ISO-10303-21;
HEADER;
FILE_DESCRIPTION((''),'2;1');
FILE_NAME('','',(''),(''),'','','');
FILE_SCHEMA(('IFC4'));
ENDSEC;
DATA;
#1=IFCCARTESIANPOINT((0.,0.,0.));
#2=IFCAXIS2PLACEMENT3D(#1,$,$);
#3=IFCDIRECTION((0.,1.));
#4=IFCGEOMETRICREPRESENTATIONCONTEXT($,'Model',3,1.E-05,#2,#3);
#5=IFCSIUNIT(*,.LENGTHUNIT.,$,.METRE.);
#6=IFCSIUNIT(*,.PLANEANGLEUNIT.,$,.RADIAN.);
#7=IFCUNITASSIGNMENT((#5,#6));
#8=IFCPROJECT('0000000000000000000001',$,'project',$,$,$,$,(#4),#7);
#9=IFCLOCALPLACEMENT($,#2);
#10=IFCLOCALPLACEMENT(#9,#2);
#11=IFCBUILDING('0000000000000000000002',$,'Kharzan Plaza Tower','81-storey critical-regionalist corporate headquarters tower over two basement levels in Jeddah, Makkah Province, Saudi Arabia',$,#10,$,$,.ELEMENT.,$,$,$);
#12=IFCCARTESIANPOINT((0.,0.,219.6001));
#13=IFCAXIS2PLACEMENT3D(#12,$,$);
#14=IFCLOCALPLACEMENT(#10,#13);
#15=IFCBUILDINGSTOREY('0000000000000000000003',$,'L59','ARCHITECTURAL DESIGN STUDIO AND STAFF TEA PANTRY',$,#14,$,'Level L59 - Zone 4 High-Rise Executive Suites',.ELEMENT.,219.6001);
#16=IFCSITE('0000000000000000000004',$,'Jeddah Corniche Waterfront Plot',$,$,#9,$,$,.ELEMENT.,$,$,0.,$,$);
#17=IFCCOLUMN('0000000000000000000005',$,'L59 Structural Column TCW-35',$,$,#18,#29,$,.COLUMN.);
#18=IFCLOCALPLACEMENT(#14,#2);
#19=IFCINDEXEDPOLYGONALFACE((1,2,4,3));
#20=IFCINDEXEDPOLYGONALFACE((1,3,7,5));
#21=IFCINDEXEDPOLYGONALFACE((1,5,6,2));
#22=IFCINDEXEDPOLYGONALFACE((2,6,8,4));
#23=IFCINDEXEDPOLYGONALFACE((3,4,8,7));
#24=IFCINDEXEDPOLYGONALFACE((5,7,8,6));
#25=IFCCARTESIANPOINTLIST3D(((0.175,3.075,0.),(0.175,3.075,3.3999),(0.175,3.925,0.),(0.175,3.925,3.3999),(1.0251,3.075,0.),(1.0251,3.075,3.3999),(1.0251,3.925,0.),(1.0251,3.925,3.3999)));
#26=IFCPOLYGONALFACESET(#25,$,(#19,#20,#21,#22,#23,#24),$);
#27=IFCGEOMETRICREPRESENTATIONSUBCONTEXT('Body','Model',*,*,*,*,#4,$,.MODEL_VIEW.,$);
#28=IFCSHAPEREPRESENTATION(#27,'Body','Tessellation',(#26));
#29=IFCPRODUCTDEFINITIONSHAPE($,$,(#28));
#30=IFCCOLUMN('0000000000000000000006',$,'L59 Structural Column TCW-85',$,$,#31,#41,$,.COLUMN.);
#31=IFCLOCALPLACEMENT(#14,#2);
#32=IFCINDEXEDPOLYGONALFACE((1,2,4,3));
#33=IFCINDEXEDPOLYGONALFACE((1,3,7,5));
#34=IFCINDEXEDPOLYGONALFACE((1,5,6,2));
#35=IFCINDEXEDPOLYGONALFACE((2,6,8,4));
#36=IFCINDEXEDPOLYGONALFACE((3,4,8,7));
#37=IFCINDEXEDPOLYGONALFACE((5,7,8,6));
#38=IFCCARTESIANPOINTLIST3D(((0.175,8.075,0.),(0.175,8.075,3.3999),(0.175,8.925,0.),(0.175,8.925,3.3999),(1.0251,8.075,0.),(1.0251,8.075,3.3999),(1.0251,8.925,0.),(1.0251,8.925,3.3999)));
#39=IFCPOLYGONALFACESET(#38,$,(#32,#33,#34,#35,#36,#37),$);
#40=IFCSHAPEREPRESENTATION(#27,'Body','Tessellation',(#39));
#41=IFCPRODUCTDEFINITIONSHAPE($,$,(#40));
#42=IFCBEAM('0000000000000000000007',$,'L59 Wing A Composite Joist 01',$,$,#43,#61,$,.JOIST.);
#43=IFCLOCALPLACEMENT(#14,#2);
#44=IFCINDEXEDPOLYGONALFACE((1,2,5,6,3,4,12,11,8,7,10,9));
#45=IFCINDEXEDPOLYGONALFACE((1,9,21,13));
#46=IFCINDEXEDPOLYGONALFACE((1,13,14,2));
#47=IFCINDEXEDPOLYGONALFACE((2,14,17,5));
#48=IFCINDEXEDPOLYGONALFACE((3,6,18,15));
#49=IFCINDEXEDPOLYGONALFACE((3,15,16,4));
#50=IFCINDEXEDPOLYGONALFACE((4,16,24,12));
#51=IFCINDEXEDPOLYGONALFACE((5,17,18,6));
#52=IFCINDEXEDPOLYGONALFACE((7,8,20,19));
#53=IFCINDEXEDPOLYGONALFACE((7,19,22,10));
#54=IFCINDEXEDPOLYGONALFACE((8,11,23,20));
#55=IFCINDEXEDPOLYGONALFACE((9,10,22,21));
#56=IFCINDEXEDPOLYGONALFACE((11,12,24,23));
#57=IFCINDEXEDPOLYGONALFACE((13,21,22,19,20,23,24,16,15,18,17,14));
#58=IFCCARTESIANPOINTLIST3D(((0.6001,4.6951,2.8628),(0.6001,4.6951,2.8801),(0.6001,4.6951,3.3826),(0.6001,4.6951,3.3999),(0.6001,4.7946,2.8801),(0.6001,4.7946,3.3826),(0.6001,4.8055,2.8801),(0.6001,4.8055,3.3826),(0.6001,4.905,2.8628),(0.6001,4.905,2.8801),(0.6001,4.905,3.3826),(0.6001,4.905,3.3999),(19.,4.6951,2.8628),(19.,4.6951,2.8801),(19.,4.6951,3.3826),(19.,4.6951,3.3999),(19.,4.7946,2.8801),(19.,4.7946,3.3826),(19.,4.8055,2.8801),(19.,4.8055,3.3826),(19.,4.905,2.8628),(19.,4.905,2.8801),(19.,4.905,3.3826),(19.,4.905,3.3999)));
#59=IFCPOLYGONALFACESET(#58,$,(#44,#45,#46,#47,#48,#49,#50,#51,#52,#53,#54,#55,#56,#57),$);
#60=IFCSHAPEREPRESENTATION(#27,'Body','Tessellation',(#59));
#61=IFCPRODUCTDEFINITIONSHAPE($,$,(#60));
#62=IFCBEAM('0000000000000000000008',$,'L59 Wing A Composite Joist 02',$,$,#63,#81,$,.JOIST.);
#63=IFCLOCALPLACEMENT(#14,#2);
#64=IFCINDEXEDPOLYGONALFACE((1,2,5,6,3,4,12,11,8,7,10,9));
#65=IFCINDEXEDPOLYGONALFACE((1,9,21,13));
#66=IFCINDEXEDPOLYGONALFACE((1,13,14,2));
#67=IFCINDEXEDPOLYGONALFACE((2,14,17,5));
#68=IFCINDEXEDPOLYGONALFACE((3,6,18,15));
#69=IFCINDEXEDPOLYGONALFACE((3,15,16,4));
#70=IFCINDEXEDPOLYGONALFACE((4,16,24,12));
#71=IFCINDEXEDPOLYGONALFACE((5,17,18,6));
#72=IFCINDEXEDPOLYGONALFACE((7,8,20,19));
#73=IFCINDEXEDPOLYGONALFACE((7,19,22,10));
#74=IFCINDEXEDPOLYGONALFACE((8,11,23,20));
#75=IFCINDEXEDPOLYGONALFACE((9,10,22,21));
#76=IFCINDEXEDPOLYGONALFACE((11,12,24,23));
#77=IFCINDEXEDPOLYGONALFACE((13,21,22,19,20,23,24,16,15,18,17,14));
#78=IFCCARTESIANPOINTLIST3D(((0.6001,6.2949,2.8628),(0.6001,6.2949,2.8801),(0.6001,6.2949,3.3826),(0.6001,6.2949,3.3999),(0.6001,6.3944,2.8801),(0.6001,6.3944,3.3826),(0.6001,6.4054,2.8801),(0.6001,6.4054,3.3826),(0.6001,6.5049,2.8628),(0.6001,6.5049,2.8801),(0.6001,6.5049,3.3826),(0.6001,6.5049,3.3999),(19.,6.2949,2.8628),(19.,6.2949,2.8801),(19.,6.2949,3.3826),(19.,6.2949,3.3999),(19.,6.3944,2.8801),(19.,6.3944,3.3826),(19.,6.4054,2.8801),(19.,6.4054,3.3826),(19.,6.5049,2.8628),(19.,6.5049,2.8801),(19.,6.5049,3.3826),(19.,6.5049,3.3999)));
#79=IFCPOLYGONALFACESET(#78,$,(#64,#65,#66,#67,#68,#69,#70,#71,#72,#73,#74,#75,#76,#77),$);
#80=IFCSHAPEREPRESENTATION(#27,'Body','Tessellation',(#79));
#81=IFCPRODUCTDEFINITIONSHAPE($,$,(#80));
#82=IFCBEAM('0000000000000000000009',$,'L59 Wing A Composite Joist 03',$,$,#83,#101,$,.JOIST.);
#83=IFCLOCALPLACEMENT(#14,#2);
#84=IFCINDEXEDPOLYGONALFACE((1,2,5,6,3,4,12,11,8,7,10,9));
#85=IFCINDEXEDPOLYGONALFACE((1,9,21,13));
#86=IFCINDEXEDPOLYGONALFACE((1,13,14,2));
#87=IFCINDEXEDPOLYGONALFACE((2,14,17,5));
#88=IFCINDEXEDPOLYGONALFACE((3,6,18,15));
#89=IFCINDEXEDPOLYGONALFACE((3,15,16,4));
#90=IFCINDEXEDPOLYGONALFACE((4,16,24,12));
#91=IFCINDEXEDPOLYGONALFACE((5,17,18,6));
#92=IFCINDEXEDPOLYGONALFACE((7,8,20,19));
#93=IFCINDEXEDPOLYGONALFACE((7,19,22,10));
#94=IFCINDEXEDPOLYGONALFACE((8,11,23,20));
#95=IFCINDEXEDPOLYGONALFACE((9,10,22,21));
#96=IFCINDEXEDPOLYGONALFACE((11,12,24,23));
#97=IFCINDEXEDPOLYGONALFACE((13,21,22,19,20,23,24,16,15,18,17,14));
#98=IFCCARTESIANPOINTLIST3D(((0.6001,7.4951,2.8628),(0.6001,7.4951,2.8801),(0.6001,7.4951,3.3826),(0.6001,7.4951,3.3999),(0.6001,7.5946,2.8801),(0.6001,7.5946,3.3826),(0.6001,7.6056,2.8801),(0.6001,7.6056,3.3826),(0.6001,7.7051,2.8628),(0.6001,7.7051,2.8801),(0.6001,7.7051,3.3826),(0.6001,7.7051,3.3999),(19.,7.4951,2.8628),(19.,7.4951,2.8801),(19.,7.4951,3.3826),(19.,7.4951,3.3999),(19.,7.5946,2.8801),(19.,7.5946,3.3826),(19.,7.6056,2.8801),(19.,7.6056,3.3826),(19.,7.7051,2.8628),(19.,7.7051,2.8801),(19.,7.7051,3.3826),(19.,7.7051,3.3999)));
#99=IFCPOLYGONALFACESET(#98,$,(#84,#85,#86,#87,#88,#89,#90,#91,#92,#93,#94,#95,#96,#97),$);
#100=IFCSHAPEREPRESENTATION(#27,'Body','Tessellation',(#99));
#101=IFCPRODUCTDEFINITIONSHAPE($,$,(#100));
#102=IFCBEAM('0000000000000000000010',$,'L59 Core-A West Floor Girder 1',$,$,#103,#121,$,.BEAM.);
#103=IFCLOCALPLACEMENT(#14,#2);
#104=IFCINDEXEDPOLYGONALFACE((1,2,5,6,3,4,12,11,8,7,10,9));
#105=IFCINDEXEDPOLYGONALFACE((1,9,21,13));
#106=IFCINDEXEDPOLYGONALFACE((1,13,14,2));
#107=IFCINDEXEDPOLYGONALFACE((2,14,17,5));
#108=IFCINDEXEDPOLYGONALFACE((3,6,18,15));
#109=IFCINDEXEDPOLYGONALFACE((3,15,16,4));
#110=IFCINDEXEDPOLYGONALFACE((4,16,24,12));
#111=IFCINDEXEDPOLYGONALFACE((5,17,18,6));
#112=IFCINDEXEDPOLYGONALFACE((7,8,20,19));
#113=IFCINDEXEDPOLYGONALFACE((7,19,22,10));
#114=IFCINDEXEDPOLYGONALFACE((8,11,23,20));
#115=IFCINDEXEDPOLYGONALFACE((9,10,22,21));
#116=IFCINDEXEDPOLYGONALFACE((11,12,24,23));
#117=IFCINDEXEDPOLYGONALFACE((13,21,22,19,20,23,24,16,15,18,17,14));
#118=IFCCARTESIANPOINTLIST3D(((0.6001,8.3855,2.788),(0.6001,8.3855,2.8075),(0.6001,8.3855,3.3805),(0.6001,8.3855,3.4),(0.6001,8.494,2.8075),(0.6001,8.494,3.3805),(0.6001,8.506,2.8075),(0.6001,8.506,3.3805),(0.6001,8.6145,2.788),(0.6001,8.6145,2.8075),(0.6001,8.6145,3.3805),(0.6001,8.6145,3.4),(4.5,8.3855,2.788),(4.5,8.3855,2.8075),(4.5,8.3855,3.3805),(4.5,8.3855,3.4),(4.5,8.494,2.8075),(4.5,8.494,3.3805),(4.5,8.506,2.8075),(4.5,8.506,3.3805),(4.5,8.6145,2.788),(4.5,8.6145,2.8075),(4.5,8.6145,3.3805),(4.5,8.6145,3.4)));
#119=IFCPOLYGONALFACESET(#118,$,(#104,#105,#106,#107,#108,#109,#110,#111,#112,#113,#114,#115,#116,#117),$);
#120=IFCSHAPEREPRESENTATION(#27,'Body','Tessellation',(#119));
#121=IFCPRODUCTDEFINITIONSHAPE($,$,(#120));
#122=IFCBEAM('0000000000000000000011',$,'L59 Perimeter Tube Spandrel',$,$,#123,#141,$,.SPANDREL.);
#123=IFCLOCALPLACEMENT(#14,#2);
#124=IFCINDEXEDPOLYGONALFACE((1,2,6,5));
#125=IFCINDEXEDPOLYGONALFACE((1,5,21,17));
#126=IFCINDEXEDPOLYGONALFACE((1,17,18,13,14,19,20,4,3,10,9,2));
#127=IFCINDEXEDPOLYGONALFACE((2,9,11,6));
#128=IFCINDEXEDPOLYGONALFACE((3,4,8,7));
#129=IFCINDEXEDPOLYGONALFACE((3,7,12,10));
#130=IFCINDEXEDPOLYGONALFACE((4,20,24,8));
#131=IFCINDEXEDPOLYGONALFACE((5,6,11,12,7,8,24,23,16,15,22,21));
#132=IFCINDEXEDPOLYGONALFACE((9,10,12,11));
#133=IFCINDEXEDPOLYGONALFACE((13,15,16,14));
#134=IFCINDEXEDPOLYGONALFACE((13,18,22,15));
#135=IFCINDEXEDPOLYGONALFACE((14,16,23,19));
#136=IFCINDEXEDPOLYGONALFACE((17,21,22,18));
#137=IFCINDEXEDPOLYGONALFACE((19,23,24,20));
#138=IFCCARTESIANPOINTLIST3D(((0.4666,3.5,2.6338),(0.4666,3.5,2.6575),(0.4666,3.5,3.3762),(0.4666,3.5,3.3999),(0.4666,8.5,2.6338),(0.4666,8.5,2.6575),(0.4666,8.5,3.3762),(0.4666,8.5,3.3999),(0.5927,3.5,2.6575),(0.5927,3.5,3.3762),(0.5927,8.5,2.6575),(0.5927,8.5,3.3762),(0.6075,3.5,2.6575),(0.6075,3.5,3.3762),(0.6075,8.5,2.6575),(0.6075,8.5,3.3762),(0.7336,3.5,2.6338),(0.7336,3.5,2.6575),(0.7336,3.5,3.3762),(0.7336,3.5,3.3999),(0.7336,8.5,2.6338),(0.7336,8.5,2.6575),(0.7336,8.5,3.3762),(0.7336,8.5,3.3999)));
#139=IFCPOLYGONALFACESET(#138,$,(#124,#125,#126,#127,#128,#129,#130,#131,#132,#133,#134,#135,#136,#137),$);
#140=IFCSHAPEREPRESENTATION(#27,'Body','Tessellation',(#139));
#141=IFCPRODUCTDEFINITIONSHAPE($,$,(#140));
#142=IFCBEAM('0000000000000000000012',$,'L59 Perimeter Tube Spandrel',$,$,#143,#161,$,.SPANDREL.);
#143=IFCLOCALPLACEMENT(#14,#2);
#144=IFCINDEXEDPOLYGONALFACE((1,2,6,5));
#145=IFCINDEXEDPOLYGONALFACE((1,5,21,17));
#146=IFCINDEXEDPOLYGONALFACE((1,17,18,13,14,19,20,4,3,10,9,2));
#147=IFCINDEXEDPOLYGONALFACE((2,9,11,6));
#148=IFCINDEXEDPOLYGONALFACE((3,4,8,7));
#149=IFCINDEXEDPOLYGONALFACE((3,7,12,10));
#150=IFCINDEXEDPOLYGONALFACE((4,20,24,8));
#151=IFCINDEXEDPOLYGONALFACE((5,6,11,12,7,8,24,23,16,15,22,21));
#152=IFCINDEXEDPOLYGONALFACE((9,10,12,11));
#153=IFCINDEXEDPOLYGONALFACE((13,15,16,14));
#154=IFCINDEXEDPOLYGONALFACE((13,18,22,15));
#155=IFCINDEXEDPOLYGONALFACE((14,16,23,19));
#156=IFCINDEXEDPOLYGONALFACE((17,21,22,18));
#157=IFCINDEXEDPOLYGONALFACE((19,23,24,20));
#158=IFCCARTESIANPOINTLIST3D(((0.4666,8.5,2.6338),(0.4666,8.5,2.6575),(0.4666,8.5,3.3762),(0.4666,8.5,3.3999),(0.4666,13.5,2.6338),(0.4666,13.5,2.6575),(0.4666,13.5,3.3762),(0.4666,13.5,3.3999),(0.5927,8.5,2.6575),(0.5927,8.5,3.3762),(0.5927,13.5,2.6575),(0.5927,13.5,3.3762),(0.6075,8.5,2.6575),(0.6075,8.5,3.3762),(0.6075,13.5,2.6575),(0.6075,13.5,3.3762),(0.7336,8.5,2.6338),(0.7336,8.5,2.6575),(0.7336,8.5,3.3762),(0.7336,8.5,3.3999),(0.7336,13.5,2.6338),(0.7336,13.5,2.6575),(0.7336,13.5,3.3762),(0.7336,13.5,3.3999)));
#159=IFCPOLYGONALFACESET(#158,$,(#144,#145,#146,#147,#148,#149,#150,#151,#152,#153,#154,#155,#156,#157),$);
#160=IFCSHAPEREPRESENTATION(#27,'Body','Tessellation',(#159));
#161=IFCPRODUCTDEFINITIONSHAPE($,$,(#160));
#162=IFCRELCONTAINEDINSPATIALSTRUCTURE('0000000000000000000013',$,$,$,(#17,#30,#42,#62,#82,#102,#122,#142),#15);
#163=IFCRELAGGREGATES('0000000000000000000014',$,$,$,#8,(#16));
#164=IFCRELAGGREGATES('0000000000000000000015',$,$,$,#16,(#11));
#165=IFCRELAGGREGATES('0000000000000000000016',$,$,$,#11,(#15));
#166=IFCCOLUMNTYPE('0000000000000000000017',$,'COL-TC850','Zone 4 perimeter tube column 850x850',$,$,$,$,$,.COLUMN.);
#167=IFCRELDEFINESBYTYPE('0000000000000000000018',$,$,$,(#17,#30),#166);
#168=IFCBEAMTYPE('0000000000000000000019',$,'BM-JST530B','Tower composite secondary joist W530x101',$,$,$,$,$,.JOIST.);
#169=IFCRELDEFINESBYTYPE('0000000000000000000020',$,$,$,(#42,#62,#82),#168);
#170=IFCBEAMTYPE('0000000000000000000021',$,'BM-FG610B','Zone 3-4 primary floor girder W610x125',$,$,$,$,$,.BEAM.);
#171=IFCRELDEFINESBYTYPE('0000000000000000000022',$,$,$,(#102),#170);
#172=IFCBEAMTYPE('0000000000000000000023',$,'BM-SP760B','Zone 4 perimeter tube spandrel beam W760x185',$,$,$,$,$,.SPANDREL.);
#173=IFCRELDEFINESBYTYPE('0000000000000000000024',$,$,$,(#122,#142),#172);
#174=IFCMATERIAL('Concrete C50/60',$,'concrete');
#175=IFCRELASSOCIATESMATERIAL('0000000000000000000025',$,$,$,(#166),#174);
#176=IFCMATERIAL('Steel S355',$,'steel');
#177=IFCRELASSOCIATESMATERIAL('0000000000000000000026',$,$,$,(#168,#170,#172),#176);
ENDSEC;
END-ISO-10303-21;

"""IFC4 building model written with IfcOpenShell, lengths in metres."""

from ifc_helpers import new_model, si_unit, direction, frame, origin, origin_2d, place, context, subcontext, project, spatial, rectangle, i_section, extrude, source, transform, mapped, material, material_profile, profile_set, type_object, element, save


model = new_model("IFC4")

# Units and contexts
model_context = context("Model", 3, precision=1e-05, world=origin(), true_north=direction((0.0, 1.0)))
body_context = subcontext(model_context, "Body", "Model", "MODEL_VIEW")
ifc_project = project(units=[si_unit("LENGTHUNIT", "METRE"), si_unit("PLANEANGLEUNIT", "RADIAN")], contexts=[model_context])

# Site, building, storey
site_placement = place(None, origin())
site = spatial("IfcSite", under=ifc_project, at=site_placement, Name="Jeddah Corniche Waterfront Plot", CompositionType="ELEMENT", RefElevation=0.0)
building_placement = place(site_placement, origin())
building = spatial("IfcBuilding", under=site, at=building_placement, Name="Kharzan Plaza Tower", Description="81-storey critical-regionalist corporate headquarters tower over two basement levels in Jeddah, Makkah Province, Saudi Arabia", CompositionType="ELEMENT")
storey_placement = place(building_placement, frame((0.0, 0.0, 219.6001)))
storey = spatial("IfcBuildingStorey", under=building, at=storey_placement, Name="L59", Description="ARCHITECTURAL DESIGN STUDIO AND STAFF TEA PANTRY", LongName="Level L59 - Zone 4 High-Rise Executive Suites", CompositionType="ELEMENT", Elevation=219.6001)

# Columns
ifc_material_1 = material(Name="Concrete C50/60", Category="concrete")
ifc_material_profile_1 = material_profile(ifc_material_1, rectangle(XDim=0.8501, YDim=0.8501, at=origin_2d()), Name="RC-TC850x850")
ifc_profile_set_1 = profile_set([ifc_material_profile_1], Name="Concrete C50/60")
column_type = type_object("IfcColumnType", Name="COL-TC850", Description="Zone 4 perimeter tube column 850x850", PredefinedType="COLUMN", material=ifc_profile_set_1)
shared_shape_1 = source(origin(), body_context, "Body", "SweptSolid", [
    extrude(rectangle(XDim=0.8501, YDim=0.8501, at=origin_2d()), origin(), (0.0, 0.0, 1.0), 3.3999),
])
for number, where, z_axis, x_axis, name in (
    (1, (0.6001, 3.5, 0.0), (0.0, 0.0, 1.0), (1.0, 0.0, 0.0), "L59 Structural Column TCW-35"),
    (2, (0.6001, 8.5, 0.0), (0.0, 0.0, 1.0), (1.0, 0.0, 0.0), "L59 Structural Column TCW-85"),
):
    element("IfcColumn", number, at=place(storey_placement, frame(where, z_axis=z_axis, x_axis=x_axis)), inside=storey, type_object=column_type, Name=name, PredefinedType="COLUMN", context=body_context, shape_type="MappedRepresentation", body=[
        mapped(shared_shape_1, transform((0.0, 0.0, 0.0), x_axis=(1.0, 0.0, 0.0), y_axis=(0.0, 1.0, 0.0), z_axis=(0.0, 0.0, 1.0))),
    ])

# Beams
ifc_material_2 = material(Name="Steel S355", Category="steel")
ifc_material_profile_2 = material_profile(ifc_material_2, i_section(OverallWidth=0.21, OverallDepth=0.5371, WebThickness=0.011, FlangeThickness=0.0173, at=origin_2d()), Name="W530x101")
ifc_profile_set_2 = profile_set([ifc_material_profile_2], Name="Steel S355")
beam_type_1 = type_object("IfcBeamType", Name="BM-JST530B", Description="Tower composite secondary joist W530x101", PredefinedType="JOIST", material=ifc_profile_set_2)
shared_shape_2 = source(origin(), body_context, "Body", "SweptSolid", [
    extrude(i_section(OverallWidth=0.21, OverallDepth=0.5371, WebThickness=0.011, FlangeThickness=0.0173, at=origin_2d()), origin(), (0.0, 0.0, 1.0), 18.3999),
])
for number, where, z_axis, x_axis, name in (
    (3, (0.6001, 4.8, 3.1313), (1.0, 0.0, 0.0), (0.0, 1.0, 0.0), "L59 Wing A Composite Joist 01"),
    (4, (0.6001, 6.3999, 3.1313), (1.0, 0.0, 0.0), (0.0, 1.0, 0.0), "L59 Wing A Composite Joist 02"),
    (5, (0.6001, 7.6001, 3.1313), (1.0, 0.0, 0.0), (0.0, 1.0, 0.0), "L59 Wing A Composite Joist 03"),
):
    element("IfcBeam", number, at=place(storey_placement, frame(where, z_axis=z_axis, x_axis=x_axis)), inside=storey, type_object=beam_type_1, Name=name, PredefinedType="JOIST", context=body_context, shape_type="MappedRepresentation", body=[
        mapped(shared_shape_2, transform((0.0, 0.0, 0.0), x_axis=(1.0, 0.0, 0.0), y_axis=(0.0, 1.0, 0.0), z_axis=(0.0, 0.0, 1.0))),
    ])
ifc_material_profile_3 = material_profile(ifc_material_2, i_section(OverallWidth=0.229, OverallDepth=0.6121, WebThickness=0.012, FlangeThickness=0.0195, at=origin_2d()), Name="W610x125")
ifc_profile_set_3 = profile_set([ifc_material_profile_3], Name="Steel S355")
beam_type_2 = type_object("IfcBeamType", Name="BM-FG610B", Description="Zone 3-4 primary floor girder W610x125", PredefinedType="BEAM", material=ifc_profile_set_3)
shared_shape_3 = source(origin(), body_context, "Body", "SweptSolid", [
    extrude(i_section(OverallWidth=0.229, OverallDepth=0.6121, WebThickness=0.012, FlangeThickness=0.0195, at=origin_2d()), origin(), (0.0, 0.0, 1.0), 3.8999),
])
beam_placement = place(storey_placement, frame((0.6001, 8.5, 3.094), z_axis=(1.0, 0.0, 0.0), x_axis=(0.0, 1.0, 0.0)))
element("IfcBeam", 6, at=beam_placement, inside=storey, type_object=beam_type_2, Name="L59 Core-A West Floor Girder 1", PredefinedType="BEAM", context=body_context, shape_type="MappedRepresentation", body=[
    mapped(shared_shape_3, transform((0.0, 0.0, 0.0), x_axis=(1.0, 0.0, 0.0), y_axis=(0.0, 1.0, 0.0), z_axis=(0.0, 0.0, 1.0))),
])
ifc_material_profile_4 = material_profile(ifc_material_2, i_section(OverallWidth=0.2671, OverallDepth=0.7661, WebThickness=0.0149, FlangeThickness=0.0237, at=origin_2d()), Name="W760x185")
ifc_profile_set_4 = profile_set([ifc_material_profile_4], Name="Steel S355")
beam_type_3 = type_object("IfcBeamType", Name="BM-SP760B", Description="Zone 4 perimeter tube spandrel beam W760x185", PredefinedType="SPANDREL", material=ifc_profile_set_4)
shared_shape_4 = source(origin(), body_context, "Body", "SweptSolid", [
    extrude(i_section(OverallWidth=0.2671, OverallDepth=0.7661, WebThickness=0.0149, FlangeThickness=0.0237, at=origin_2d()), origin(), (0.0, 0.0, 1.0), 5.0),
])
for number, where, z_axis, x_axis, name in (
    (7, (0.6001, 3.5, 3.0168), (0.0, 1.0, 0.0), (-1.0, 0.0, 0.0), "L59 Perimeter Tube Spandrel"),
    (8, (0.6001, 8.5, 3.0168), (0.0, 1.0, 0.0), (-1.0, 0.0, 0.0), "L59 Perimeter Tube Spandrel"),
):
    element("IfcBeam", number, at=place(storey_placement, frame(where, z_axis=z_axis, x_axis=x_axis)), inside=storey, type_object=beam_type_3, Name=name, PredefinedType="SPANDREL", context=body_context, shape_type="MappedRepresentation", body=[
        mapped(shared_shape_4, transform((0.0, 0.0, 0.0), x_axis=(1.0, 0.0, 0.0), y_axis=(0.0, 1.0, 0.0), z_axis=(0.0, 0.0, 1.0))),
    ])

save(model, "model.ifc")
